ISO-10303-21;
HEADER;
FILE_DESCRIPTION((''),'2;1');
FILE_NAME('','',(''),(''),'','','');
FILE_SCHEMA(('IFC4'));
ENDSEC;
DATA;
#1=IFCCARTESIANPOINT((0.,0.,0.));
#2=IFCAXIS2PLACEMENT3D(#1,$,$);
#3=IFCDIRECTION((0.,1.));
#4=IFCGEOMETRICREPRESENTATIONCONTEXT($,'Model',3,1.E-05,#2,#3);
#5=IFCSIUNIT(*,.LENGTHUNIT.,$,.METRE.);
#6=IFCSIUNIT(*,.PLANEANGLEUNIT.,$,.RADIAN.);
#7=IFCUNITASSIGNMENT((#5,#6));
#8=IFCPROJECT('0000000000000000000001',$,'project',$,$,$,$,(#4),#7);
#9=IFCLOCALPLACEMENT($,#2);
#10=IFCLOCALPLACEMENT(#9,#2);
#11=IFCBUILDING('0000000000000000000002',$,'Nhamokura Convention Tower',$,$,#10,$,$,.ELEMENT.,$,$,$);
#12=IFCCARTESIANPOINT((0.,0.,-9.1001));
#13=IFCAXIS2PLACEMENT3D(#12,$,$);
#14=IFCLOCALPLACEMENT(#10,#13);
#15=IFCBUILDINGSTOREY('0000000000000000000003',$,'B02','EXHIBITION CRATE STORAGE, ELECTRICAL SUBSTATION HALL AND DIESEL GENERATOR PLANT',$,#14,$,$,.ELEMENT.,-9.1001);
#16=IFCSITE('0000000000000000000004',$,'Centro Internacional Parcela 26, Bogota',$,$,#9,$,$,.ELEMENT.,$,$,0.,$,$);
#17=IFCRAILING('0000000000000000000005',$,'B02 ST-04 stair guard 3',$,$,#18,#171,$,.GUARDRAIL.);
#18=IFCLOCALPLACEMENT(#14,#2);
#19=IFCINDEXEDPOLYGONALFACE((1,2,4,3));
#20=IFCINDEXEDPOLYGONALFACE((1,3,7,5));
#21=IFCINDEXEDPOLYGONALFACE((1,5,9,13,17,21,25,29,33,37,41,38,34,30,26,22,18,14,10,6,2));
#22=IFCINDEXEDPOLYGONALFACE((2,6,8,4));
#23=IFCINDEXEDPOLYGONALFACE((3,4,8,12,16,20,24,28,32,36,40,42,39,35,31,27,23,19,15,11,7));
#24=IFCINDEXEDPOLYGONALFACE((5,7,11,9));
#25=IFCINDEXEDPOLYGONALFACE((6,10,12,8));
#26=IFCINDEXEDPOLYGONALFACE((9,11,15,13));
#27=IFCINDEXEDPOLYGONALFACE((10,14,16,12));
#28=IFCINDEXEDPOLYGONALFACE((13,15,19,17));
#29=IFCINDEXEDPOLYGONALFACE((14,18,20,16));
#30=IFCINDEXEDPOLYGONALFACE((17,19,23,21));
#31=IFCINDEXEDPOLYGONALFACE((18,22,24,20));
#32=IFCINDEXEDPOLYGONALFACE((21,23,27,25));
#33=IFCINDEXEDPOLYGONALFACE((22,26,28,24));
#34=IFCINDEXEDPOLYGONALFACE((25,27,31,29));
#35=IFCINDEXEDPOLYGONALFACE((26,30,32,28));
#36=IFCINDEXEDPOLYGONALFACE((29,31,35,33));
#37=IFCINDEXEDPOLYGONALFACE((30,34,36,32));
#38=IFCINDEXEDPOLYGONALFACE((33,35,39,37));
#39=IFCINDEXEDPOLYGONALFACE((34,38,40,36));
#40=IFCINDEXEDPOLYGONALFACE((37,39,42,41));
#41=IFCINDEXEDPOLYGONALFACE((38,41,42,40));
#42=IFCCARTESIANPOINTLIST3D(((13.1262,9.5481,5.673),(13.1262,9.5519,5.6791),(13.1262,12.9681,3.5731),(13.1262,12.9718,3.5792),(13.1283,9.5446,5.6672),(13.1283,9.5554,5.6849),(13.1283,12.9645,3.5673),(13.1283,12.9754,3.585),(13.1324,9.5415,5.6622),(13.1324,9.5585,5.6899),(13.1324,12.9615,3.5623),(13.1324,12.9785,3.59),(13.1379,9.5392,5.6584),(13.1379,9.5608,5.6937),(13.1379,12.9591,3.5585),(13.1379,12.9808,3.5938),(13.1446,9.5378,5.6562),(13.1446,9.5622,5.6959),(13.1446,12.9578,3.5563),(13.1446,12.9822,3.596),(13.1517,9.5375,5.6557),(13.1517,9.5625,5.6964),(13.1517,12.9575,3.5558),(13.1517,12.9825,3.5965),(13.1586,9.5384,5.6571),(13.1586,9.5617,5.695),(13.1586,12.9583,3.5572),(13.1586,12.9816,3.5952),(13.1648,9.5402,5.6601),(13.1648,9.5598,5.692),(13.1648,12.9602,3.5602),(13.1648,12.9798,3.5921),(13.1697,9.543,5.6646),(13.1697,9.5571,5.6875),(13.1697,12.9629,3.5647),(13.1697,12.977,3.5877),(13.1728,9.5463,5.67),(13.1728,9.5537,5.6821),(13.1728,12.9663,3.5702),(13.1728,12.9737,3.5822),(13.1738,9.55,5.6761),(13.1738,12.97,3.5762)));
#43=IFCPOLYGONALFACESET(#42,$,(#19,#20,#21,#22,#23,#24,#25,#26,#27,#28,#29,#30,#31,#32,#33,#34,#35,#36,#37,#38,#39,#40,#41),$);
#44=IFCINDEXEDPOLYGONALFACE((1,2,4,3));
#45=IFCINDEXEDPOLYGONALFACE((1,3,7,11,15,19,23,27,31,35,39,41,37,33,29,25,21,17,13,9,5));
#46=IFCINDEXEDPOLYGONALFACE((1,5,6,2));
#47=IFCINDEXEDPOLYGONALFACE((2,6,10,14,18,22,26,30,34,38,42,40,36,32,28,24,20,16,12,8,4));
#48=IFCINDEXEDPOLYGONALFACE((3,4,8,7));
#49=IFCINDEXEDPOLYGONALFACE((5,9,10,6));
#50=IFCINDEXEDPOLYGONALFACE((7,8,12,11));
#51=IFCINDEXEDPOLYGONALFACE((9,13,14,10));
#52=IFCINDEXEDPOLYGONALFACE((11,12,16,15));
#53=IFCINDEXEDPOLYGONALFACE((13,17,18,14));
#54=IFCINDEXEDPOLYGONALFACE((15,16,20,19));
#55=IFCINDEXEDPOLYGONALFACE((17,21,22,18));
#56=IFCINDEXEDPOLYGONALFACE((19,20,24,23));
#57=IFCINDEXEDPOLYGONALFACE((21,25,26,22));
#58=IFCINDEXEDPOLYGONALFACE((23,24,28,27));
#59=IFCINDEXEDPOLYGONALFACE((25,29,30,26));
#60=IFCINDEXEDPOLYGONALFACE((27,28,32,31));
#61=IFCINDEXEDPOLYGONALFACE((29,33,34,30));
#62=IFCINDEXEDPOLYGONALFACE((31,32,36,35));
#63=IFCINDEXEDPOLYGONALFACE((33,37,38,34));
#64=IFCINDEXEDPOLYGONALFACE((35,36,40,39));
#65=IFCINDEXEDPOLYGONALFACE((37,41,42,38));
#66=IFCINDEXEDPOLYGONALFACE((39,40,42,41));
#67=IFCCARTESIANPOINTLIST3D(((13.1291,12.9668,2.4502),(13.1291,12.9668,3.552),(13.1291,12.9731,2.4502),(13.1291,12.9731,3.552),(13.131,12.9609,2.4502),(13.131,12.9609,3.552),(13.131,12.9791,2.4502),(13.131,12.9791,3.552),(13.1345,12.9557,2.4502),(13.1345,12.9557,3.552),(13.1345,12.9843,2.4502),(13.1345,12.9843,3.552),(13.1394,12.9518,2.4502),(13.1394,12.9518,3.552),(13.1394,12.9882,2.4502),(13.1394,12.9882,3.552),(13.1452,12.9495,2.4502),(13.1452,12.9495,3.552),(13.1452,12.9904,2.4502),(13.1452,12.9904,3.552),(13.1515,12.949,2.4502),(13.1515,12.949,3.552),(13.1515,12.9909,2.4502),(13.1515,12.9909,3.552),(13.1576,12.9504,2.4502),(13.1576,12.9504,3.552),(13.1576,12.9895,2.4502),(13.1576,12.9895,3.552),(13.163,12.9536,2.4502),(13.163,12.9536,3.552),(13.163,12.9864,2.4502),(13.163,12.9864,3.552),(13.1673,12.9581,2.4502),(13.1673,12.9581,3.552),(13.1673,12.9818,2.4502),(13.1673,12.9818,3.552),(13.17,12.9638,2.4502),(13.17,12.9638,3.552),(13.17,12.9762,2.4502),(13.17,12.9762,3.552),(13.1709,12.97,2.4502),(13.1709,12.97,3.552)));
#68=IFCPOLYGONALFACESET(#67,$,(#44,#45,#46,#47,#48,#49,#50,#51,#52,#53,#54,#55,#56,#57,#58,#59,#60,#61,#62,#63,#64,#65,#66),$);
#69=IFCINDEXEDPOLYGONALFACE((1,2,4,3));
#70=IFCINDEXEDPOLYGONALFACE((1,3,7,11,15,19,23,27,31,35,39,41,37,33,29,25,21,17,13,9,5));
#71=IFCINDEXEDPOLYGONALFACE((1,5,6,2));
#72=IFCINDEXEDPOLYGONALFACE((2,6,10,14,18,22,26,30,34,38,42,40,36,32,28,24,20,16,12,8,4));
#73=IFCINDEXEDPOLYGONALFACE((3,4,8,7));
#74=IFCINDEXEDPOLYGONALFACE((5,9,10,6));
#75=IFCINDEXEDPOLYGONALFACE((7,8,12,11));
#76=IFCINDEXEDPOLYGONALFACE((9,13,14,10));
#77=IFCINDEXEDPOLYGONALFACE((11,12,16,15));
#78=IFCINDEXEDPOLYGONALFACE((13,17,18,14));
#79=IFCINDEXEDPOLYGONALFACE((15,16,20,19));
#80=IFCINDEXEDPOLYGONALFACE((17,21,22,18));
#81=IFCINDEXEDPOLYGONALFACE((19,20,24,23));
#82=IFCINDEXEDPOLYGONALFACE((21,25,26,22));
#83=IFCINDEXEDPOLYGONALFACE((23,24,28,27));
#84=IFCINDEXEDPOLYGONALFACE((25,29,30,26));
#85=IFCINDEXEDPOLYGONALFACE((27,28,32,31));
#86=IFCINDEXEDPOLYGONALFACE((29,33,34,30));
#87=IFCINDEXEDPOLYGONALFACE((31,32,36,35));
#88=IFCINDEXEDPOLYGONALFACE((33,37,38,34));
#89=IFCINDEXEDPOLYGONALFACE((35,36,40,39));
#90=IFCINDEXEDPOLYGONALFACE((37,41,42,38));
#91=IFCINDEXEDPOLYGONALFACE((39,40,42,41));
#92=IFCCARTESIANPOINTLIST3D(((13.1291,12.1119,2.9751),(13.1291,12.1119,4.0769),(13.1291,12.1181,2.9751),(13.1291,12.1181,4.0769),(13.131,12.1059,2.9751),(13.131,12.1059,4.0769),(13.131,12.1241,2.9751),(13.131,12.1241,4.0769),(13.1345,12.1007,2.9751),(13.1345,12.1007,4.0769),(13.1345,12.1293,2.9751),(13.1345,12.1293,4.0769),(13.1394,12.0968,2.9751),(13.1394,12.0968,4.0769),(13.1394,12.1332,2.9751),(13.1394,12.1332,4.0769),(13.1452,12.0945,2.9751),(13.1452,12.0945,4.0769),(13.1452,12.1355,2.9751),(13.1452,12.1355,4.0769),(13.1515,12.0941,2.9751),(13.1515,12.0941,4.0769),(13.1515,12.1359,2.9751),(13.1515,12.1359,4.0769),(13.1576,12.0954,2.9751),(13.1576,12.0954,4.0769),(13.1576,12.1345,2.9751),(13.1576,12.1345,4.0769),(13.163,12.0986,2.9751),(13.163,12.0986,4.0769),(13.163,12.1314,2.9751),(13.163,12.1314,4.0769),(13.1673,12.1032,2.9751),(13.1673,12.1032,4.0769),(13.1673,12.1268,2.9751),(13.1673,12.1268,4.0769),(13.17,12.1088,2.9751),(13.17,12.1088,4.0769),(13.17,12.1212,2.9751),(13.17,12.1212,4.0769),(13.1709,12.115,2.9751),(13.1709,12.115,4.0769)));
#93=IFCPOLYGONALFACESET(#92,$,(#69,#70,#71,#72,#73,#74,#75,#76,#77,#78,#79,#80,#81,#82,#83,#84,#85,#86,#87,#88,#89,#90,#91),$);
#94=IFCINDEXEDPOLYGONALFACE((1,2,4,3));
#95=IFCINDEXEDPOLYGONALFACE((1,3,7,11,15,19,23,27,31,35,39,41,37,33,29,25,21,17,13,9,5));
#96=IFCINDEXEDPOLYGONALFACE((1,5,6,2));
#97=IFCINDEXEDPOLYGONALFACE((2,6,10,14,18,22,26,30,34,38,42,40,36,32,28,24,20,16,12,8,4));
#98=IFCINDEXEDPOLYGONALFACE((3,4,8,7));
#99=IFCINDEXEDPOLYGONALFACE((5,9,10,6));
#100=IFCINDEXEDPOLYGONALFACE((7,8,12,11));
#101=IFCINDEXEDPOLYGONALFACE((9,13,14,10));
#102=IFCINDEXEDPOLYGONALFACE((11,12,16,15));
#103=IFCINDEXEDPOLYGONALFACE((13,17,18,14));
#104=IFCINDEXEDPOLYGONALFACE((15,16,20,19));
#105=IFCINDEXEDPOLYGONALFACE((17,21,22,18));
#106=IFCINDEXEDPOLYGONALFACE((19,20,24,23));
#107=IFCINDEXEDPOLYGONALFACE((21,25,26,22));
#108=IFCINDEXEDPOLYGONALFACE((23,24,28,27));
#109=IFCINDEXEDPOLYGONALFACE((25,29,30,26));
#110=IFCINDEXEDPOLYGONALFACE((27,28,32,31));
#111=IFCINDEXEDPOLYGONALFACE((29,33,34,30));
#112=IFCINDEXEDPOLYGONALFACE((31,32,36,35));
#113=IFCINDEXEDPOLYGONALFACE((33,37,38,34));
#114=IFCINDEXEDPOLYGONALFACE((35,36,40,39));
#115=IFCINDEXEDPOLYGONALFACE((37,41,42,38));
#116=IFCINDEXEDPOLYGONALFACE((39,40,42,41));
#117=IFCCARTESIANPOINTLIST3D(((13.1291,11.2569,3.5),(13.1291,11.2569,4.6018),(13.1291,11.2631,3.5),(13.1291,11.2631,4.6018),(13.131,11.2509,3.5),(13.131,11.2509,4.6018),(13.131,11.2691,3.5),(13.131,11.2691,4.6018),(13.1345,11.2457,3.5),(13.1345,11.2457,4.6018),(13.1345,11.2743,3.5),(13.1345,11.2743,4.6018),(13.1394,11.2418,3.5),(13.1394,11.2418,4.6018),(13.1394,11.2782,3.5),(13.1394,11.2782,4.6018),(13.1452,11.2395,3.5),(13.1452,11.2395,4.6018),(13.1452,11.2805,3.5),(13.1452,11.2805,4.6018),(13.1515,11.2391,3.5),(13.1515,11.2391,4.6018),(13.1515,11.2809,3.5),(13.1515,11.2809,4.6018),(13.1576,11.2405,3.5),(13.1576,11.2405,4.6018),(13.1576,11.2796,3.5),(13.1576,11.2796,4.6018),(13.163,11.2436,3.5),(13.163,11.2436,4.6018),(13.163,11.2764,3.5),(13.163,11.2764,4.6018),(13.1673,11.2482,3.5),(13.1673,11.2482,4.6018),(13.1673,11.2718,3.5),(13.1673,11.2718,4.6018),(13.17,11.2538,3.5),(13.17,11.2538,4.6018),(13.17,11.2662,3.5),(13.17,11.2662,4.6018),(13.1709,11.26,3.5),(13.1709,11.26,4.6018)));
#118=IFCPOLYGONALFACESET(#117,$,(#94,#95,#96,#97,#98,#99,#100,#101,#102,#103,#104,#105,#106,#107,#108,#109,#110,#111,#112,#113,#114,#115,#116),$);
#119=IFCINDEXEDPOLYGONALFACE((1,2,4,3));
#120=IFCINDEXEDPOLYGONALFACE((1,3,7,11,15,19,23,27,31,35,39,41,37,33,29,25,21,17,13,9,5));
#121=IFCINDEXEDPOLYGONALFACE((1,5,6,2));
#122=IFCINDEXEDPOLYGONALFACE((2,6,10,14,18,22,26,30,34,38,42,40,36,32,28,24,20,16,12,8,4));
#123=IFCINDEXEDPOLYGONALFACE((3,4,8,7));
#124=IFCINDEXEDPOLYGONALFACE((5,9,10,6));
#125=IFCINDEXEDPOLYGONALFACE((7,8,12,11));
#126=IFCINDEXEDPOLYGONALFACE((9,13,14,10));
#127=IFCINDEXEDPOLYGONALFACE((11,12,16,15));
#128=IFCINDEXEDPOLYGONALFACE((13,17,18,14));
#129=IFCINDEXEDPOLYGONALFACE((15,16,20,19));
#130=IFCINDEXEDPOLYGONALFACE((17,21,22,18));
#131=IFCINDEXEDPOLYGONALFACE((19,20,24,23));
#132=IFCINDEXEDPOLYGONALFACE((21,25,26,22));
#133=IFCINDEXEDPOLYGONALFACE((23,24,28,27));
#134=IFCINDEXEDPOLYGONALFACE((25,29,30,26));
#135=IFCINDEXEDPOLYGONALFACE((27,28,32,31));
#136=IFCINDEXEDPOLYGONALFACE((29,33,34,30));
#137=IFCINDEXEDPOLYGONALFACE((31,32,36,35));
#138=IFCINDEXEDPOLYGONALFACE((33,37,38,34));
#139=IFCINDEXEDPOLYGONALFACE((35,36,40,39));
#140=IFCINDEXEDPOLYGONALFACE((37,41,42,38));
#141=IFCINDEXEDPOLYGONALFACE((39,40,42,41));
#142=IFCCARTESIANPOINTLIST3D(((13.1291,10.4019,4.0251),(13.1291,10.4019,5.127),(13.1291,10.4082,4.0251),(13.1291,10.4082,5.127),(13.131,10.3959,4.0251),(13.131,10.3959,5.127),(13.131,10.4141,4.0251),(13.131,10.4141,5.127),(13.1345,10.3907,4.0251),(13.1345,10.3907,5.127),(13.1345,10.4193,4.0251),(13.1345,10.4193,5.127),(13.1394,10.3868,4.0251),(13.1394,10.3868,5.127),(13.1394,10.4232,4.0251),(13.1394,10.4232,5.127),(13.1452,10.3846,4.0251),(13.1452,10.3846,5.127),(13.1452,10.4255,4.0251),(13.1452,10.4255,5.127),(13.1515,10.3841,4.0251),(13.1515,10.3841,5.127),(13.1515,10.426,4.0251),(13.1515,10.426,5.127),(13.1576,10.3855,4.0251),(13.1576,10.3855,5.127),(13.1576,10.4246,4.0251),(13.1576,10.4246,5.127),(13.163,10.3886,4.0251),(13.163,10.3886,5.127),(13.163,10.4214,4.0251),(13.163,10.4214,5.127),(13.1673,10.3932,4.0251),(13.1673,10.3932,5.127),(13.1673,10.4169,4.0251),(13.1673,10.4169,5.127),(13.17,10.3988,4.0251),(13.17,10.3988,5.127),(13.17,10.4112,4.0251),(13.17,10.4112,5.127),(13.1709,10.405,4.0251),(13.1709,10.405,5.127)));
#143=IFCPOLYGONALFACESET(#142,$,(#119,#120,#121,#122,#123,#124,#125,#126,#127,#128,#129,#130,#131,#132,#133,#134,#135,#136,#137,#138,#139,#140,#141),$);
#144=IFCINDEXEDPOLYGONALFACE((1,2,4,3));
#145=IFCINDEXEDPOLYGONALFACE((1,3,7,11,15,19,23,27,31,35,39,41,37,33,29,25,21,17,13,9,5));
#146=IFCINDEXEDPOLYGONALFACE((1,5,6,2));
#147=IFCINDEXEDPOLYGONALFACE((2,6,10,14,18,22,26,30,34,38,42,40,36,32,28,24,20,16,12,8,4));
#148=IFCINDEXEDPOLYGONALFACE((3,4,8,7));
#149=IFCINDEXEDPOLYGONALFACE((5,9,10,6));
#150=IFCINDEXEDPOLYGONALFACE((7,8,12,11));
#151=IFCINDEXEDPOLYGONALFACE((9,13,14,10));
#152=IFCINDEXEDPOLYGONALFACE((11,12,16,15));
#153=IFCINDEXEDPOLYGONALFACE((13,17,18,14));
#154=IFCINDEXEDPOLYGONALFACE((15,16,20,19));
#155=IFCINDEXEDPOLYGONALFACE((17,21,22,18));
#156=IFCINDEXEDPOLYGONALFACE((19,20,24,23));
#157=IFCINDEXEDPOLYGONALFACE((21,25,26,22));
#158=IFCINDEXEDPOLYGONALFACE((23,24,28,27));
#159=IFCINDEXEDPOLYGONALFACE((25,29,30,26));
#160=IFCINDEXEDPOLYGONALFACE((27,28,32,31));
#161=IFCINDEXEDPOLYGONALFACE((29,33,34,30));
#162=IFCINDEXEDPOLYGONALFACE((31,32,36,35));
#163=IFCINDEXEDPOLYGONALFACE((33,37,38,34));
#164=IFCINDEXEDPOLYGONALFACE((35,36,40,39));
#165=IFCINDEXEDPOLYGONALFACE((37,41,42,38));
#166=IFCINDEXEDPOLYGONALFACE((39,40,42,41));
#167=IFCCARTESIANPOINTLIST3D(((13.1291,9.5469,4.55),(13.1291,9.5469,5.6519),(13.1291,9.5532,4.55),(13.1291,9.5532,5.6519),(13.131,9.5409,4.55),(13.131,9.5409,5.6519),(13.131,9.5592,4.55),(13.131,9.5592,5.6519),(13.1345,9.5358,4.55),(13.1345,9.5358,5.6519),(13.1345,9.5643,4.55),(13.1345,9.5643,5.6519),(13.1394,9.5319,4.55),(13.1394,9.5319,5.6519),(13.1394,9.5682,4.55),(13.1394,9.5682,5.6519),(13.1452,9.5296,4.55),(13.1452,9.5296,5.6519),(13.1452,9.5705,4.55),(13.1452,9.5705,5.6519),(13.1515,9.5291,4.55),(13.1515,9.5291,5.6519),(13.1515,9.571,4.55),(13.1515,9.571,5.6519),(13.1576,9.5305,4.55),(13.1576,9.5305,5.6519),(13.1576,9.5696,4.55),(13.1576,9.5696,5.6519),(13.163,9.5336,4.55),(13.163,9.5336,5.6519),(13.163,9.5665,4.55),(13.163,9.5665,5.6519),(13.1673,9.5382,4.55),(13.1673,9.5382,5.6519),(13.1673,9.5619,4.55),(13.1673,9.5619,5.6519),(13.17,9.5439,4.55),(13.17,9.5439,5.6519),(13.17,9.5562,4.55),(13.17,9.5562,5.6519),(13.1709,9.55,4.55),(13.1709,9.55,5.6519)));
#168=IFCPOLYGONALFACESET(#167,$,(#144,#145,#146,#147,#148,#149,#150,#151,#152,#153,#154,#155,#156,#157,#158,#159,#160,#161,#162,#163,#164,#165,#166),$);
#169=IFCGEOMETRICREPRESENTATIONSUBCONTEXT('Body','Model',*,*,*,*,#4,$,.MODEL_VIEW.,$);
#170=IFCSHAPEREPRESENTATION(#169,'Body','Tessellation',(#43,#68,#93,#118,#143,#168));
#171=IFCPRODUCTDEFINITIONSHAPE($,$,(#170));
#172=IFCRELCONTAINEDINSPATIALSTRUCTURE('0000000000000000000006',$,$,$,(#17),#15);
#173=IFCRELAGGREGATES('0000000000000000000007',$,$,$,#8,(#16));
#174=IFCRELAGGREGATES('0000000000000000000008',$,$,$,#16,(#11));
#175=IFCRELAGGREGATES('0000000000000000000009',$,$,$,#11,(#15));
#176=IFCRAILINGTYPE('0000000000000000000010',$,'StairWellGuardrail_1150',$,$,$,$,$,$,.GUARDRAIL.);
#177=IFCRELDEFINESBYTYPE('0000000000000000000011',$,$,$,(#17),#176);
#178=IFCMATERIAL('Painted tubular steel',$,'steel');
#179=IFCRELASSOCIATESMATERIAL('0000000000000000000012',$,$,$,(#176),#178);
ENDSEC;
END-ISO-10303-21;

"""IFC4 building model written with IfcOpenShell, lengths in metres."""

from ifc_helpers import new_model, si_unit, direction, frame, origin, origin_2d, place, context, subcontext, project, spatial, circle, extrude, material, type_object, element, save


model = new_model("IFC4")

# Units and contexts
model_context = context("Model", 3, precision=1e-05, world=origin(), true_north=direction((0.0, 1.0)))
body_context = subcontext(model_context, "Body", "Model", "MODEL_VIEW")
ifc_project = project(units=[si_unit("LENGTHUNIT", "METRE"), si_unit("PLANEANGLEUNIT", "RADIAN")], contexts=[model_context])

# Site, building, storey
site_placement = place(None, origin())
site = spatial("IfcSite", under=ifc_project, at=site_placement, Name="Centro Internacional Parcela 26, Bogota", CompositionType="ELEMENT", RefElevation=0.0)
building_placement = place(site_placement, origin())
building = spatial("IfcBuilding", under=site, at=building_placement, Name="Nhamokura Convention Tower", CompositionType="ELEMENT")
storey_placement = place(building_placement, frame((0.0, 0.0, -9.1001)))
storey = spatial("IfcBuildingStorey", under=building, at=storey_placement, Name="B02", Description="EXHIBITION CRATE STORAGE, ELECTRICAL SUBSTATION HALL AND DIESEL GENERATOR PLANT", CompositionType="ELEMENT", Elevation=-9.1001)

# Railing
ifc_material_1 = material(Name="Painted tubular steel", Category="steel")
railing_type_1 = type_object("IfcRailingType", Name="StairWellGuardrail_1150", PredefinedType="GUARDRAIL", material=ifc_material_1)
railing_1_placement = place(storey_placement, frame((13.1499, 12.97, 2.4502)))
element("IfcRailing", 1, at=railing_1_placement, inside=storey, type_object=railing_type_1, Name="B02 ST-04 stair guard 3", PredefinedType="GUARDRAIL", context=body_context, shape_type="SweptSolid", body=[
    extrude(circle(Radius=0.0239, at=origin_2d()), frame((0.0, 0.0, 1.126), z_axis=(0.0, -0.852182, 0.523245), x_axis=(1.0, 0.0, 0.0)), (0.0, 0.0, 1.0), 4.0132),
    extrude(circle(Radius=0.021, at=origin_2d()), origin(), (0.0, 0.0, 1.0), 1.1018),
    extrude(circle(Radius=0.021, at=origin_2d()), frame((0.0, -0.855, 0.5249)), (0.0, 0.0, 1.0), 1.1018),
    extrude(circle(Radius=0.021, at=origin_2d()), frame((0.0, -1.71, 1.0498)), (0.0, 0.0, 1.0), 1.1018),
    extrude(circle(Radius=0.021, at=origin_2d()), frame((0.0, -2.5649, 1.575)), (0.0, 0.0, 1.0), 1.1018),
    extrude(circle(Radius=0.021, at=origin_2d()), frame((0.0, -3.4199, 2.0999)), (0.0, 0.0, 1.0), 1.1018),
])

save(model, "model.ifc")
